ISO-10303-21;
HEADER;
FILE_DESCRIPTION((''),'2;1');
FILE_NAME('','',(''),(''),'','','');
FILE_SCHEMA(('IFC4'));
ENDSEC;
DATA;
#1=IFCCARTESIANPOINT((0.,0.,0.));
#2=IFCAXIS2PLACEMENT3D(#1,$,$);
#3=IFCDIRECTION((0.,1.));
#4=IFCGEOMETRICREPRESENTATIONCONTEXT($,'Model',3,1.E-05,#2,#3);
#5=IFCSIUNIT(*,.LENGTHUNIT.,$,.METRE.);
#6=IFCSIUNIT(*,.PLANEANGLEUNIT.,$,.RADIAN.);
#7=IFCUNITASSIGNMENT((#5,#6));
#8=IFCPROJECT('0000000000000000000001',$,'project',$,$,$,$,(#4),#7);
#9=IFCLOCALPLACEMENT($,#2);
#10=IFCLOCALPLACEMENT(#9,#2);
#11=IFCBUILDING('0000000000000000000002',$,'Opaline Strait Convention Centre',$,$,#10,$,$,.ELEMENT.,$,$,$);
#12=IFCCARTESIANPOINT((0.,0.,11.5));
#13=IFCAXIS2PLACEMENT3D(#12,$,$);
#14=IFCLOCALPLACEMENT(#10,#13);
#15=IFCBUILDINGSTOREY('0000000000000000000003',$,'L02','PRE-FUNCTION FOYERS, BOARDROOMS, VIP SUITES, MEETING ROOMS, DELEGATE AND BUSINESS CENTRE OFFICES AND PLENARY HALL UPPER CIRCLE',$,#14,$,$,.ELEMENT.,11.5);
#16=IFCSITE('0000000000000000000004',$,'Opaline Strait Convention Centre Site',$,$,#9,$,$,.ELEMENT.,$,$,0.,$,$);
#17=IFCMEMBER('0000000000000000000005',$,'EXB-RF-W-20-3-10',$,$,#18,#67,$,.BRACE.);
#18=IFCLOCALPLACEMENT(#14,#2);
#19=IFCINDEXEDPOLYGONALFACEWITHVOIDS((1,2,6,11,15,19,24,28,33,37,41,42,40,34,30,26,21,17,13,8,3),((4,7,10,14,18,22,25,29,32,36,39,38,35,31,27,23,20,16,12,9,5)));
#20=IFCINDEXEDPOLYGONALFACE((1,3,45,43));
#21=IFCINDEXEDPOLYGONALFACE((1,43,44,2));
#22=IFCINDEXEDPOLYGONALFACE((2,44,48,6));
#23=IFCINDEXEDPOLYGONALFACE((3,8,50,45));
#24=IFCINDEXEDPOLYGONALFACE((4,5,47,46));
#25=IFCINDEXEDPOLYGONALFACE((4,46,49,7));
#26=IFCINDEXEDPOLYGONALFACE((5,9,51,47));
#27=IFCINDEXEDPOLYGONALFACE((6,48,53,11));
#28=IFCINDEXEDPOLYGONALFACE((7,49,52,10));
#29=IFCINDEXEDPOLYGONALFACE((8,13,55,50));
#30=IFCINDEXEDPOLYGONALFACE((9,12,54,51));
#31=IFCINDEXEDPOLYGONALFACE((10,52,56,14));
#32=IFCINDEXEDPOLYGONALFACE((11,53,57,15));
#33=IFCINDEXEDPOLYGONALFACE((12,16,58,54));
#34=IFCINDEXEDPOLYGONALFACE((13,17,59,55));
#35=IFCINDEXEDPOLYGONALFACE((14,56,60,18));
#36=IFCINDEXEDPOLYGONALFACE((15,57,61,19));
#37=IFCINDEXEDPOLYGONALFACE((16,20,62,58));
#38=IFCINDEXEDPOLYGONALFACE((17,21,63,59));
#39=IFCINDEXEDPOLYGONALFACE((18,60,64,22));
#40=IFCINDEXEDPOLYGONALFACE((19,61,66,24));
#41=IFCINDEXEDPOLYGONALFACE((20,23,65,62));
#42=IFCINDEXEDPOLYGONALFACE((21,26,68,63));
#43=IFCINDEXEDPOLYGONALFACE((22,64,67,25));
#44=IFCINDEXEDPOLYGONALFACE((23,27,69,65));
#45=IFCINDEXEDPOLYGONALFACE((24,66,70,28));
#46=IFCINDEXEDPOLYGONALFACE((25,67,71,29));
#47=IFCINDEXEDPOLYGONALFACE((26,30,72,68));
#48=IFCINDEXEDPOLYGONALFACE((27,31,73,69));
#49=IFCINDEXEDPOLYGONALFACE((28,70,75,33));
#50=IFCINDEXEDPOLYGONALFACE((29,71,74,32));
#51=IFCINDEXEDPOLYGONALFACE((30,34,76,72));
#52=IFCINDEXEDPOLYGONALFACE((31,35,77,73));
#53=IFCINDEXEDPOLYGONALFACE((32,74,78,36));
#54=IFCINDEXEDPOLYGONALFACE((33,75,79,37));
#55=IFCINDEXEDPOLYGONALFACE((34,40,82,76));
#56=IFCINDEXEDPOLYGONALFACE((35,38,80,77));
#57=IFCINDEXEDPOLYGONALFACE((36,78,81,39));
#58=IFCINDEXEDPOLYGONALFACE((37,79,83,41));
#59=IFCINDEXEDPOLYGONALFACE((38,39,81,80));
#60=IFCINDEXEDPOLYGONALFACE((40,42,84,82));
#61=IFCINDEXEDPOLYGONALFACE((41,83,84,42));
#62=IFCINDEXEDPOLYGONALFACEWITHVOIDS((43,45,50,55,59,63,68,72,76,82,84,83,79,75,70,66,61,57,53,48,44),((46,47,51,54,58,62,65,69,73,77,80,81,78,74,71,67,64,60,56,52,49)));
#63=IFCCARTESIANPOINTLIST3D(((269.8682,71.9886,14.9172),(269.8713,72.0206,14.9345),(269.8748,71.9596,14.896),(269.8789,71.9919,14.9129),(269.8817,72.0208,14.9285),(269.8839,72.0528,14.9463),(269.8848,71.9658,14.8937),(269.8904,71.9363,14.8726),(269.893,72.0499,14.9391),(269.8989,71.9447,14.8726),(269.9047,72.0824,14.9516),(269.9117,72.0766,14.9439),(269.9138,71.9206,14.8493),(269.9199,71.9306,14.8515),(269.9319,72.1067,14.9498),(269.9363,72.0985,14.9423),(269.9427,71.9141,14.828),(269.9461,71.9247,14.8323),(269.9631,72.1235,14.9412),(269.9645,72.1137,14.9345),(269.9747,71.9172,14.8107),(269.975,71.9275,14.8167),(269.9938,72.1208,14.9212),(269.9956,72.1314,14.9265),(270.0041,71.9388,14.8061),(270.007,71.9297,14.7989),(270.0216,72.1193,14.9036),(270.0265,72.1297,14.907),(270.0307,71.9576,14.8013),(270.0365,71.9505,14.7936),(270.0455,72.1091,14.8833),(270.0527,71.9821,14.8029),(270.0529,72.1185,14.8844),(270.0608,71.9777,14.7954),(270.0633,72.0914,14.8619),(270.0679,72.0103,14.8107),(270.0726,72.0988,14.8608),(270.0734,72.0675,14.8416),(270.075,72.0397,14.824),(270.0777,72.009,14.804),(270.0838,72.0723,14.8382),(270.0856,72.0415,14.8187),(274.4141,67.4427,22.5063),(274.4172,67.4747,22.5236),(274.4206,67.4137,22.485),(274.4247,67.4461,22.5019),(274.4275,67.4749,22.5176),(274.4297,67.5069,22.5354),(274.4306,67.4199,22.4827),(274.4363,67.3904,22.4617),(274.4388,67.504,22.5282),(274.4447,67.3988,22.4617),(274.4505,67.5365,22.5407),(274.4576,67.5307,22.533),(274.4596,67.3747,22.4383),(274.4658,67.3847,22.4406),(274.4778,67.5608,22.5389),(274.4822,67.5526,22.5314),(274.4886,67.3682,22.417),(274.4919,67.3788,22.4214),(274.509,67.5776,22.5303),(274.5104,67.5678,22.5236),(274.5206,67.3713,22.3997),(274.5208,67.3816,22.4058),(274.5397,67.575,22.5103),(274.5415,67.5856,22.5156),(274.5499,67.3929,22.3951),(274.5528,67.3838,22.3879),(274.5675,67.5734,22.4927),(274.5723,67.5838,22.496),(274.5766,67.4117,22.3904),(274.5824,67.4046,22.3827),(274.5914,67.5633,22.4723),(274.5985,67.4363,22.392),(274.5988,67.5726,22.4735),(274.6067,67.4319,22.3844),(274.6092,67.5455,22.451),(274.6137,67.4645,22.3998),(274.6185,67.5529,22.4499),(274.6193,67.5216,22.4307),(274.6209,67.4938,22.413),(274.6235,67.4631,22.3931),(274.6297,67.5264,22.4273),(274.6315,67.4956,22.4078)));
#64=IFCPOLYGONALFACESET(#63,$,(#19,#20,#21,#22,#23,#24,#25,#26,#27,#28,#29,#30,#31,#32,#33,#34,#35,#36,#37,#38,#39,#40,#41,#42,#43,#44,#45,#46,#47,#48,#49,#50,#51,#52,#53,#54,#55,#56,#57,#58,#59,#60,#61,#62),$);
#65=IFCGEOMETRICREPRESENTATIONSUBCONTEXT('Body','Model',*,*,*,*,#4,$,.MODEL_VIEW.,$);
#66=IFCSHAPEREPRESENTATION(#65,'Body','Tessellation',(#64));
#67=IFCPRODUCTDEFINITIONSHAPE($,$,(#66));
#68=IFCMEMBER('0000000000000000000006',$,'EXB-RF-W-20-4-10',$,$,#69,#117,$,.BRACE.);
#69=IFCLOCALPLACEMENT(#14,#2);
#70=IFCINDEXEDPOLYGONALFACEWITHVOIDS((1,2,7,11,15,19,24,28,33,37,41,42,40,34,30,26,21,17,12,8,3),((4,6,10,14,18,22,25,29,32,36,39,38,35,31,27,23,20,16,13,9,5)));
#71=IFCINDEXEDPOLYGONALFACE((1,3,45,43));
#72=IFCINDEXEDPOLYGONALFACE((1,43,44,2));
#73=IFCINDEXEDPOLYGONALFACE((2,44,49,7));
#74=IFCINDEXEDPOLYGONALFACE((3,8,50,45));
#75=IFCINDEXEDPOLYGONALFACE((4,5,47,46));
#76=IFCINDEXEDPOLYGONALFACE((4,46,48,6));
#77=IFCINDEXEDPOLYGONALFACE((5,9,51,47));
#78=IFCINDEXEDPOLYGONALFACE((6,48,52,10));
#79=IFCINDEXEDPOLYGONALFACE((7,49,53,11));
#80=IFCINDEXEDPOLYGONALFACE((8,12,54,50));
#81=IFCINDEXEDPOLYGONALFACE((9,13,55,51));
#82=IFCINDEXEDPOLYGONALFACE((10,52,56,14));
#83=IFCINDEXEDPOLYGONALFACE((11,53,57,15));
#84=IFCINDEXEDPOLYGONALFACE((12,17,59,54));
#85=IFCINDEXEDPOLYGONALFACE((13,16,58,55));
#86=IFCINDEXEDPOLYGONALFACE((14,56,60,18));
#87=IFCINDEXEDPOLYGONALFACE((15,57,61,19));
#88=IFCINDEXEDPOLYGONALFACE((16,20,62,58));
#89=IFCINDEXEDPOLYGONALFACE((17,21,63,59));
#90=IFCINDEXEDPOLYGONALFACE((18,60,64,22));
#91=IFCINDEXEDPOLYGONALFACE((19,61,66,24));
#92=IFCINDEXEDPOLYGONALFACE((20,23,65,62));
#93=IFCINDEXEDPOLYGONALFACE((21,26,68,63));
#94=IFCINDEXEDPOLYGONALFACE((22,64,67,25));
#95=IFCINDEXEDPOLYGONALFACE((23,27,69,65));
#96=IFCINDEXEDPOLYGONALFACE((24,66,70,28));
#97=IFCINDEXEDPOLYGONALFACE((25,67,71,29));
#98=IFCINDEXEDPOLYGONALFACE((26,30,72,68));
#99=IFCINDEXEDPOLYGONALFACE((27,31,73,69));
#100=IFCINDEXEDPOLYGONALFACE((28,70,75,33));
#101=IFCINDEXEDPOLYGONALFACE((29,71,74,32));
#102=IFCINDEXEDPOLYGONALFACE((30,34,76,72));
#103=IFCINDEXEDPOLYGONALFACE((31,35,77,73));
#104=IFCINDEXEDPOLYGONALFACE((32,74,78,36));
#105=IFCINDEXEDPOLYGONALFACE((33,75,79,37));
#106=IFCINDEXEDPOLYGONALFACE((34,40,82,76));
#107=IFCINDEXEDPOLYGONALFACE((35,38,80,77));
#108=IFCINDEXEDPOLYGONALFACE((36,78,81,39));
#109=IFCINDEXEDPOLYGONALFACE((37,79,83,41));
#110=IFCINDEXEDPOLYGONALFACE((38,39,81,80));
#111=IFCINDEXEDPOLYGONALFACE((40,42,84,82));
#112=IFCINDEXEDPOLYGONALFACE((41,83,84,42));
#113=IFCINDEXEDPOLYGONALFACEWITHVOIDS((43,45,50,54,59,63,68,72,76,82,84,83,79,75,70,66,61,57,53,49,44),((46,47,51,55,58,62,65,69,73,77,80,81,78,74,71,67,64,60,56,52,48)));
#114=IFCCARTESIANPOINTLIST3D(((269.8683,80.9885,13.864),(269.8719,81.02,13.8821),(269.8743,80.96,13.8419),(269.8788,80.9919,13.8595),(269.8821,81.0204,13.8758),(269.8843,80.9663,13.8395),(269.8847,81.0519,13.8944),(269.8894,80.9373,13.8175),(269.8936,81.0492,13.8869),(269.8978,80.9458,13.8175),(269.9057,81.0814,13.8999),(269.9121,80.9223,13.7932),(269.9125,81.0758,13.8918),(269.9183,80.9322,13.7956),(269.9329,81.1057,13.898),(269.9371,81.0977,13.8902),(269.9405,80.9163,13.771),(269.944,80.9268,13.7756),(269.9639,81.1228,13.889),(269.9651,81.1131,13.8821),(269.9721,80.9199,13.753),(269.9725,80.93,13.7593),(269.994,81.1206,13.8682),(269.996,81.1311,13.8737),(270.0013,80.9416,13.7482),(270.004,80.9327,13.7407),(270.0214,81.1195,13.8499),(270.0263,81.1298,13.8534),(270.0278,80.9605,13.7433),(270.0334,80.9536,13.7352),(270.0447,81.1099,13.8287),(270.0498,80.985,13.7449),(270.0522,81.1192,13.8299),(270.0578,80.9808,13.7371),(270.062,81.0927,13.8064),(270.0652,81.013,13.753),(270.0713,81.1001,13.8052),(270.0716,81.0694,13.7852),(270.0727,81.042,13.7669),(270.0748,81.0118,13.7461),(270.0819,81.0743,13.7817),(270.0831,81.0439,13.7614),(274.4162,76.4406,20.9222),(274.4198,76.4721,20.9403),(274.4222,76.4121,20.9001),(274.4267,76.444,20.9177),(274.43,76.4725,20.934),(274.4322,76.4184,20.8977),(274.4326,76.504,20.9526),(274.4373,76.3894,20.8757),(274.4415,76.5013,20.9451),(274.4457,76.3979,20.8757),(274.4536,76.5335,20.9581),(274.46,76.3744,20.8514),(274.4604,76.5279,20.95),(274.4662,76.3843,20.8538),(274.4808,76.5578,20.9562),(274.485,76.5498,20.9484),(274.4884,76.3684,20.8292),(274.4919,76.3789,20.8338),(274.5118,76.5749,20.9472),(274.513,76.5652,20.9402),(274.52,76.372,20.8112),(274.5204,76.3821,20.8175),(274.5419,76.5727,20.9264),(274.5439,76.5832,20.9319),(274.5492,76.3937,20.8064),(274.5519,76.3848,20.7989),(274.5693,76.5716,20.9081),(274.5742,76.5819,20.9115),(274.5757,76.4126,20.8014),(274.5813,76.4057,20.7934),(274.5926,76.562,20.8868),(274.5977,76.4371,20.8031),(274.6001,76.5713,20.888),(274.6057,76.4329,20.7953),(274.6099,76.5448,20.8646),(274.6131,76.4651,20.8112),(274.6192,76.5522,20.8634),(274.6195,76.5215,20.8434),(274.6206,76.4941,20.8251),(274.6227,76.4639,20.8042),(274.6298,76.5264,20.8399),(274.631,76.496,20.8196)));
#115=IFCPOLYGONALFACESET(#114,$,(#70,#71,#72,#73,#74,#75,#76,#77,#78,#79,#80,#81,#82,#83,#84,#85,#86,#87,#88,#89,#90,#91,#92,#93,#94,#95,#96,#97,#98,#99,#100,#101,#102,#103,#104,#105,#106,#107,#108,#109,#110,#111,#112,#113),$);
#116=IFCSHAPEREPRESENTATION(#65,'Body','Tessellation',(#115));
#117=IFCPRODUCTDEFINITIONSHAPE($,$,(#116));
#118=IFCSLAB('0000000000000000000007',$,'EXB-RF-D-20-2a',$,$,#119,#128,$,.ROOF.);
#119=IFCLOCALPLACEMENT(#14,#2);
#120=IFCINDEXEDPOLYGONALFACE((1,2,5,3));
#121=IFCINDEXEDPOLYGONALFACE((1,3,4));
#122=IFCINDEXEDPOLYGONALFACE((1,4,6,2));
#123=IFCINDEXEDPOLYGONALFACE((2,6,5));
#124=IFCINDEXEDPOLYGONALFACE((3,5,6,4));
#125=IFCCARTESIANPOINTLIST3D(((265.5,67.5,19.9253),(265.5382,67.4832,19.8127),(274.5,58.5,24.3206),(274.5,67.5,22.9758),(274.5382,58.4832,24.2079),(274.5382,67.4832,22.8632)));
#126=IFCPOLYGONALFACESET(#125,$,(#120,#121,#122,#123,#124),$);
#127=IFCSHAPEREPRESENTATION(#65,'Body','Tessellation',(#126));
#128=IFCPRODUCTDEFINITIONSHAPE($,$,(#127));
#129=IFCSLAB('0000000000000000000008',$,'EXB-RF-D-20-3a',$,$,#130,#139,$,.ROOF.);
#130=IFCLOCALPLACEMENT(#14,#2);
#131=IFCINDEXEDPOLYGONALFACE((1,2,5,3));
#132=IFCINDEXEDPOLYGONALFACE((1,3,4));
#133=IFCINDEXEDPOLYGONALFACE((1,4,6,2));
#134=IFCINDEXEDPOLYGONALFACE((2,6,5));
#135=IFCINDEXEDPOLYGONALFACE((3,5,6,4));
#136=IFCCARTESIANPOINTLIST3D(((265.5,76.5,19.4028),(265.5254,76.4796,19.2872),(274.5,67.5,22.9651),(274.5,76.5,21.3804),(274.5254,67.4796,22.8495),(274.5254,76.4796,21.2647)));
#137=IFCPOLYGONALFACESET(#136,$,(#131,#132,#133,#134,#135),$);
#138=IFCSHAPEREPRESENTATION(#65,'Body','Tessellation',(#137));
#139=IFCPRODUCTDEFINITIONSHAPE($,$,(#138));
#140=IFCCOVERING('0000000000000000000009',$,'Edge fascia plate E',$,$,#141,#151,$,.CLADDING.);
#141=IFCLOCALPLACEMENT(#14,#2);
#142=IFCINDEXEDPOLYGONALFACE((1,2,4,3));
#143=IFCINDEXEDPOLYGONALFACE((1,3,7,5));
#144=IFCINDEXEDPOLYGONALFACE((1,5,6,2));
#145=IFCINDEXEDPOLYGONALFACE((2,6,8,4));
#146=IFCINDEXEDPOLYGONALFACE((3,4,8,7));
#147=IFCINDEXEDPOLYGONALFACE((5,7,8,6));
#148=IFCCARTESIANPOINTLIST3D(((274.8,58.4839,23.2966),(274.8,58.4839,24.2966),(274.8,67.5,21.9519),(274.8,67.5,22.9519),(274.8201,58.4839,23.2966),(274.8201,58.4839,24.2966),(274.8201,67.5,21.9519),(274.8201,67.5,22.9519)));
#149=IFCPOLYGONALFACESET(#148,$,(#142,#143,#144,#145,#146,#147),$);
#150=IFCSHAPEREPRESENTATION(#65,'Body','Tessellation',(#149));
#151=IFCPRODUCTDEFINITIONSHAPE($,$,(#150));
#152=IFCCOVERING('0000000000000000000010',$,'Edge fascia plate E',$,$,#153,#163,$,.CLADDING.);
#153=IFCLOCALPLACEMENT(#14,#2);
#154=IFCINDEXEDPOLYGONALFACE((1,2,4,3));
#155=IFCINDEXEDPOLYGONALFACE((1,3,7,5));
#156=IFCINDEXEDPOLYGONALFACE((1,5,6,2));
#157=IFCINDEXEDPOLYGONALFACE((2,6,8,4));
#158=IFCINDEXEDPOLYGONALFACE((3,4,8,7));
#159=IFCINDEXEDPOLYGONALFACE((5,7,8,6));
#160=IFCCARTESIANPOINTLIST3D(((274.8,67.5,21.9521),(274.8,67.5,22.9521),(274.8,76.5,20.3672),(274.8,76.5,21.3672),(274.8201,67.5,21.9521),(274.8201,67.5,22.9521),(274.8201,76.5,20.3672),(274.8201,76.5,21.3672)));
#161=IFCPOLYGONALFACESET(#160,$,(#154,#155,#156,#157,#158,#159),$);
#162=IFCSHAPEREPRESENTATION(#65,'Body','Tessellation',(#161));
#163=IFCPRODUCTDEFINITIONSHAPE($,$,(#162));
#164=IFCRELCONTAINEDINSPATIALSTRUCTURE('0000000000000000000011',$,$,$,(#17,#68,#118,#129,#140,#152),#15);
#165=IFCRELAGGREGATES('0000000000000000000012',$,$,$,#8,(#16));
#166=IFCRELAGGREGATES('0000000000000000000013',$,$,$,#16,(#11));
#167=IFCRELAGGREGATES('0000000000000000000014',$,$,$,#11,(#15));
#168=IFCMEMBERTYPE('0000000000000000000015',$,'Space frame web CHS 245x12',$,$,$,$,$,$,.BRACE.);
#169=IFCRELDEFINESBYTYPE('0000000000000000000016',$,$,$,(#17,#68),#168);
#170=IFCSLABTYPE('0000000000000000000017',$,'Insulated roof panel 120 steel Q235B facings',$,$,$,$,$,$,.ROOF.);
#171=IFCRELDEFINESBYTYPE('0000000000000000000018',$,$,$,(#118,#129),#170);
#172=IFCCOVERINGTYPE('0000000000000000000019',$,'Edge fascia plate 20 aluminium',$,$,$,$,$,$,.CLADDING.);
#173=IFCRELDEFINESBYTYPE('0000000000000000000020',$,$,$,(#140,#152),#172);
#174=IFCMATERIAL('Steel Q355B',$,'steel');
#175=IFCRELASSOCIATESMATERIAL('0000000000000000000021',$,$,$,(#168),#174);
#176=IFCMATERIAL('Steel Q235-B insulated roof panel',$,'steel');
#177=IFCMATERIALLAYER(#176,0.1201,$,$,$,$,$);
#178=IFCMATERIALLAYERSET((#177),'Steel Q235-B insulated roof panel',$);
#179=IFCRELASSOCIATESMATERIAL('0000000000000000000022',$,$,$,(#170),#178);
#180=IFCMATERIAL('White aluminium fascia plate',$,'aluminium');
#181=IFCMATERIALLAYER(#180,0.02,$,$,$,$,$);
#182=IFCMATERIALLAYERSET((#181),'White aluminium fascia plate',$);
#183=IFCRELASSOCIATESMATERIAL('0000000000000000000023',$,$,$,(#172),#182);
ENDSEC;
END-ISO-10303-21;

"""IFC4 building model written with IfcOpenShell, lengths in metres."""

from ifc_helpers import new_model, si_unit, direction, frame, origin, origin_2d, place, context, subcontext, project, spatial, polyline, hollow_circle, outline, extrude, material, layer, layer_set, material_profile, profile_set, type_object, element, save


model = new_model("IFC4")

# Units and contexts
model_context = context("Model", 3, precision=1e-05, world=origin(), true_north=direction((0.0, 1.0)))
body_context = subcontext(model_context, "Body", "Model", "MODEL_VIEW")
ifc_project = project(units=[si_unit("LENGTHUNIT", "METRE"), si_unit("PLANEANGLEUNIT", "RADIAN")], contexts=[model_context])

# Site, building, storey
site_placement = place(None, origin())
site = spatial("IfcSite", under=ifc_project, at=site_placement, Name="Opaline Strait Convention Centre Site", CompositionType="ELEMENT", RefElevation=0.0)
building_placement = place(site_placement, origin())
building = spatial("IfcBuilding", under=site, at=building_placement, Name="Opaline Strait Convention Centre", CompositionType="ELEMENT")
storey_placement = place(building_placement, frame((0.0, 0.0, 11.5)))
storey = spatial("IfcBuildingStorey", under=building, at=storey_placement, Name="L02", Description="PRE-FUNCTION FOYERS, BOARDROOMS, VIP SUITES, MEETING ROOMS, DELEGATE AND BUSINESS CENTRE OFFICES AND PLENARY HALL UPPER CIRCLE", CompositionType="ELEMENT", Elevation=11.5)

# Members
ifc_material_1 = material(Name="Steel Q355B", Category="steel")
ifc_material_profile_1 = material_profile(ifc_material_1, hollow_circle(Radius=0.1226, WallThickness=0.012, at=origin_2d()), Name="CHS 245x12")
ifc_profile_set_1 = profile_set([ifc_material_profile_1], Name="Steel Q355B")
member_type_1 = type_object("IfcMemberType", Name="Space frame web CHS 245x12", PredefinedType="BRACE", material=ifc_profile_set_1)
member_1_placement = place(storey_placement, frame((274.5229, 67.4771, 22.4617), z_axis=(-0.457053, 0.457053, -0.763023), x_axis=(-0.707107, -0.707107, 0.0)))
element("IfcMember", 1, at=member_1_placement, inside=storey, type_object=member_type_1, Name="EXB-RF-W-20-3-10", PredefinedType="BRACE", context=body_context, shape_type="SweptSolid", body=[
    extrude(hollow_circle(Radius=0.1226, WallThickness=0.012, at=origin_2d()), origin(), (0.0, 0.0, 1.0), 9.946),
])
member_2_placement = place(storey_placement, frame((274.5239, 76.4761, 20.8757), z_axis=(-0.476266, 0.476266, -0.739149), x_axis=(-0.707107, -0.707107, 0.0)))
element("IfcMember", 2, at=member_2_placement, inside=storey, type_object=member_type_1, Name="EXB-RF-W-20-4-10", PredefinedType="BRACE", context=body_context, shape_type="SweptSolid", body=[
    extrude(hollow_circle(Radius=0.1226, WallThickness=0.012, at=origin_2d()), origin(), (0.0, 0.0, 1.0), 9.5491),
])

# Slabs
ifc_material_2 = material(Name="Steel Q235-B insulated roof panel", Category="steel")
ifc_layer_1 = layer(ifc_material_2, 0.1201)
ifc_layer_set_1 = layer_set([ifc_layer_1], Name="Steel Q235-B insulated roof panel")
slab_type = type_object("IfcSlabType", Name="Insulated roof panel 120 steel Q235B facings", PredefinedType="ROOF", material=ifc_layer_set_1)
slab_1_placement = place(storey_placement, frame((274.5, 58.5, 24.3206), z_axis=(-0.317844, 0.140111, 0.937734), x_axis=(0.0, 0.989021, -0.147774)))
element("IfcSlab", 3, at=slab_1_placement, inside=storey, type_object=slab_type, Name="EXB-RF-D-20-2a", PredefinedType="ROOF", context=body_context, shape_type="SweptSolid", body=[
    extrude(outline(polyline([(0.0, 0.0), (9.0999, 0.0), (9.5507, 9.4922), (0.0, 0.0)])), origin(), (0.0, 0.0, -1.0), 0.1201),
])
slab_2_placement = place(storey_placement, frame((274.5, 67.5, 22.9651), z_axis=(-0.211502, 0.169489, 0.96257), x_axis=(0.0, 0.984849, -0.173412)))
element("IfcSlab", 4, at=slab_2_placement, inside=storey, type_object=slab_type, Name="EXB-RF-D-20-3a", PredefinedType="ROOF", context=body_context, shape_type="SweptSolid", body=[
    extrude(outline(polyline([(0.0, 0.0), (9.1385, 0.0), (9.4814, 9.2083), (0.0, 0.0)])), origin(), (0.0, 0.0, -1.0), 0.1201),
])

# Coverings
ifc_material_3 = material(Name="White aluminium fascia plate", Category="aluminium")
ifc_layer_2 = layer(ifc_material_3, 0.02)
ifc_layer_set_2 = layer_set([ifc_layer_2], Name="White aluminium fascia plate")
covering_type = type_object("IfcCoveringType", Name="Edge fascia plate 20 aluminium", PredefinedType="CLADDING", material=ifc_layer_set_2)
covering_1_placement = place(storey_placement, frame((274.8, 62.9919, 23.1243), z_axis=(1.0, 0.0, 0.0), x_axis=(0.0, 1.0, 0.0)))
element("IfcCovering", 5, at=covering_1_placement, inside=storey, type_object=covering_type, Name="Edge fascia plate E", PredefinedType="CLADDING", context=body_context, shape_type="SweptSolid", body=[
    extrude(outline(polyline([(-4.5081, 1.1724), (4.5081, -0.1724), (4.5081, -1.1724), (-4.5081, 0.1724), (-4.5081, 1.1724)])), origin(), (0.0, 0.0, 1.0), 0.02),
])
covering_2_placement = place(storey_placement, frame((274.8, 72.0, 21.6597), z_axis=(1.0, 0.0, 0.0), x_axis=(0.0, 1.0, 0.0)))
element("IfcCovering", 6, at=covering_2_placement, inside=storey, type_object=covering_type, Name="Edge fascia plate E", PredefinedType="CLADDING", context=body_context, shape_type="SweptSolid", body=[
    extrude(outline(polyline([(-4.5, 1.2925), (4.5, -0.2925), (4.5, -1.2925), (-4.5, 0.2925), (-4.5, 1.2925)])), origin(), (0.0, 0.0, 1.0), 0.02),
])

save(model, "model.ifc")
